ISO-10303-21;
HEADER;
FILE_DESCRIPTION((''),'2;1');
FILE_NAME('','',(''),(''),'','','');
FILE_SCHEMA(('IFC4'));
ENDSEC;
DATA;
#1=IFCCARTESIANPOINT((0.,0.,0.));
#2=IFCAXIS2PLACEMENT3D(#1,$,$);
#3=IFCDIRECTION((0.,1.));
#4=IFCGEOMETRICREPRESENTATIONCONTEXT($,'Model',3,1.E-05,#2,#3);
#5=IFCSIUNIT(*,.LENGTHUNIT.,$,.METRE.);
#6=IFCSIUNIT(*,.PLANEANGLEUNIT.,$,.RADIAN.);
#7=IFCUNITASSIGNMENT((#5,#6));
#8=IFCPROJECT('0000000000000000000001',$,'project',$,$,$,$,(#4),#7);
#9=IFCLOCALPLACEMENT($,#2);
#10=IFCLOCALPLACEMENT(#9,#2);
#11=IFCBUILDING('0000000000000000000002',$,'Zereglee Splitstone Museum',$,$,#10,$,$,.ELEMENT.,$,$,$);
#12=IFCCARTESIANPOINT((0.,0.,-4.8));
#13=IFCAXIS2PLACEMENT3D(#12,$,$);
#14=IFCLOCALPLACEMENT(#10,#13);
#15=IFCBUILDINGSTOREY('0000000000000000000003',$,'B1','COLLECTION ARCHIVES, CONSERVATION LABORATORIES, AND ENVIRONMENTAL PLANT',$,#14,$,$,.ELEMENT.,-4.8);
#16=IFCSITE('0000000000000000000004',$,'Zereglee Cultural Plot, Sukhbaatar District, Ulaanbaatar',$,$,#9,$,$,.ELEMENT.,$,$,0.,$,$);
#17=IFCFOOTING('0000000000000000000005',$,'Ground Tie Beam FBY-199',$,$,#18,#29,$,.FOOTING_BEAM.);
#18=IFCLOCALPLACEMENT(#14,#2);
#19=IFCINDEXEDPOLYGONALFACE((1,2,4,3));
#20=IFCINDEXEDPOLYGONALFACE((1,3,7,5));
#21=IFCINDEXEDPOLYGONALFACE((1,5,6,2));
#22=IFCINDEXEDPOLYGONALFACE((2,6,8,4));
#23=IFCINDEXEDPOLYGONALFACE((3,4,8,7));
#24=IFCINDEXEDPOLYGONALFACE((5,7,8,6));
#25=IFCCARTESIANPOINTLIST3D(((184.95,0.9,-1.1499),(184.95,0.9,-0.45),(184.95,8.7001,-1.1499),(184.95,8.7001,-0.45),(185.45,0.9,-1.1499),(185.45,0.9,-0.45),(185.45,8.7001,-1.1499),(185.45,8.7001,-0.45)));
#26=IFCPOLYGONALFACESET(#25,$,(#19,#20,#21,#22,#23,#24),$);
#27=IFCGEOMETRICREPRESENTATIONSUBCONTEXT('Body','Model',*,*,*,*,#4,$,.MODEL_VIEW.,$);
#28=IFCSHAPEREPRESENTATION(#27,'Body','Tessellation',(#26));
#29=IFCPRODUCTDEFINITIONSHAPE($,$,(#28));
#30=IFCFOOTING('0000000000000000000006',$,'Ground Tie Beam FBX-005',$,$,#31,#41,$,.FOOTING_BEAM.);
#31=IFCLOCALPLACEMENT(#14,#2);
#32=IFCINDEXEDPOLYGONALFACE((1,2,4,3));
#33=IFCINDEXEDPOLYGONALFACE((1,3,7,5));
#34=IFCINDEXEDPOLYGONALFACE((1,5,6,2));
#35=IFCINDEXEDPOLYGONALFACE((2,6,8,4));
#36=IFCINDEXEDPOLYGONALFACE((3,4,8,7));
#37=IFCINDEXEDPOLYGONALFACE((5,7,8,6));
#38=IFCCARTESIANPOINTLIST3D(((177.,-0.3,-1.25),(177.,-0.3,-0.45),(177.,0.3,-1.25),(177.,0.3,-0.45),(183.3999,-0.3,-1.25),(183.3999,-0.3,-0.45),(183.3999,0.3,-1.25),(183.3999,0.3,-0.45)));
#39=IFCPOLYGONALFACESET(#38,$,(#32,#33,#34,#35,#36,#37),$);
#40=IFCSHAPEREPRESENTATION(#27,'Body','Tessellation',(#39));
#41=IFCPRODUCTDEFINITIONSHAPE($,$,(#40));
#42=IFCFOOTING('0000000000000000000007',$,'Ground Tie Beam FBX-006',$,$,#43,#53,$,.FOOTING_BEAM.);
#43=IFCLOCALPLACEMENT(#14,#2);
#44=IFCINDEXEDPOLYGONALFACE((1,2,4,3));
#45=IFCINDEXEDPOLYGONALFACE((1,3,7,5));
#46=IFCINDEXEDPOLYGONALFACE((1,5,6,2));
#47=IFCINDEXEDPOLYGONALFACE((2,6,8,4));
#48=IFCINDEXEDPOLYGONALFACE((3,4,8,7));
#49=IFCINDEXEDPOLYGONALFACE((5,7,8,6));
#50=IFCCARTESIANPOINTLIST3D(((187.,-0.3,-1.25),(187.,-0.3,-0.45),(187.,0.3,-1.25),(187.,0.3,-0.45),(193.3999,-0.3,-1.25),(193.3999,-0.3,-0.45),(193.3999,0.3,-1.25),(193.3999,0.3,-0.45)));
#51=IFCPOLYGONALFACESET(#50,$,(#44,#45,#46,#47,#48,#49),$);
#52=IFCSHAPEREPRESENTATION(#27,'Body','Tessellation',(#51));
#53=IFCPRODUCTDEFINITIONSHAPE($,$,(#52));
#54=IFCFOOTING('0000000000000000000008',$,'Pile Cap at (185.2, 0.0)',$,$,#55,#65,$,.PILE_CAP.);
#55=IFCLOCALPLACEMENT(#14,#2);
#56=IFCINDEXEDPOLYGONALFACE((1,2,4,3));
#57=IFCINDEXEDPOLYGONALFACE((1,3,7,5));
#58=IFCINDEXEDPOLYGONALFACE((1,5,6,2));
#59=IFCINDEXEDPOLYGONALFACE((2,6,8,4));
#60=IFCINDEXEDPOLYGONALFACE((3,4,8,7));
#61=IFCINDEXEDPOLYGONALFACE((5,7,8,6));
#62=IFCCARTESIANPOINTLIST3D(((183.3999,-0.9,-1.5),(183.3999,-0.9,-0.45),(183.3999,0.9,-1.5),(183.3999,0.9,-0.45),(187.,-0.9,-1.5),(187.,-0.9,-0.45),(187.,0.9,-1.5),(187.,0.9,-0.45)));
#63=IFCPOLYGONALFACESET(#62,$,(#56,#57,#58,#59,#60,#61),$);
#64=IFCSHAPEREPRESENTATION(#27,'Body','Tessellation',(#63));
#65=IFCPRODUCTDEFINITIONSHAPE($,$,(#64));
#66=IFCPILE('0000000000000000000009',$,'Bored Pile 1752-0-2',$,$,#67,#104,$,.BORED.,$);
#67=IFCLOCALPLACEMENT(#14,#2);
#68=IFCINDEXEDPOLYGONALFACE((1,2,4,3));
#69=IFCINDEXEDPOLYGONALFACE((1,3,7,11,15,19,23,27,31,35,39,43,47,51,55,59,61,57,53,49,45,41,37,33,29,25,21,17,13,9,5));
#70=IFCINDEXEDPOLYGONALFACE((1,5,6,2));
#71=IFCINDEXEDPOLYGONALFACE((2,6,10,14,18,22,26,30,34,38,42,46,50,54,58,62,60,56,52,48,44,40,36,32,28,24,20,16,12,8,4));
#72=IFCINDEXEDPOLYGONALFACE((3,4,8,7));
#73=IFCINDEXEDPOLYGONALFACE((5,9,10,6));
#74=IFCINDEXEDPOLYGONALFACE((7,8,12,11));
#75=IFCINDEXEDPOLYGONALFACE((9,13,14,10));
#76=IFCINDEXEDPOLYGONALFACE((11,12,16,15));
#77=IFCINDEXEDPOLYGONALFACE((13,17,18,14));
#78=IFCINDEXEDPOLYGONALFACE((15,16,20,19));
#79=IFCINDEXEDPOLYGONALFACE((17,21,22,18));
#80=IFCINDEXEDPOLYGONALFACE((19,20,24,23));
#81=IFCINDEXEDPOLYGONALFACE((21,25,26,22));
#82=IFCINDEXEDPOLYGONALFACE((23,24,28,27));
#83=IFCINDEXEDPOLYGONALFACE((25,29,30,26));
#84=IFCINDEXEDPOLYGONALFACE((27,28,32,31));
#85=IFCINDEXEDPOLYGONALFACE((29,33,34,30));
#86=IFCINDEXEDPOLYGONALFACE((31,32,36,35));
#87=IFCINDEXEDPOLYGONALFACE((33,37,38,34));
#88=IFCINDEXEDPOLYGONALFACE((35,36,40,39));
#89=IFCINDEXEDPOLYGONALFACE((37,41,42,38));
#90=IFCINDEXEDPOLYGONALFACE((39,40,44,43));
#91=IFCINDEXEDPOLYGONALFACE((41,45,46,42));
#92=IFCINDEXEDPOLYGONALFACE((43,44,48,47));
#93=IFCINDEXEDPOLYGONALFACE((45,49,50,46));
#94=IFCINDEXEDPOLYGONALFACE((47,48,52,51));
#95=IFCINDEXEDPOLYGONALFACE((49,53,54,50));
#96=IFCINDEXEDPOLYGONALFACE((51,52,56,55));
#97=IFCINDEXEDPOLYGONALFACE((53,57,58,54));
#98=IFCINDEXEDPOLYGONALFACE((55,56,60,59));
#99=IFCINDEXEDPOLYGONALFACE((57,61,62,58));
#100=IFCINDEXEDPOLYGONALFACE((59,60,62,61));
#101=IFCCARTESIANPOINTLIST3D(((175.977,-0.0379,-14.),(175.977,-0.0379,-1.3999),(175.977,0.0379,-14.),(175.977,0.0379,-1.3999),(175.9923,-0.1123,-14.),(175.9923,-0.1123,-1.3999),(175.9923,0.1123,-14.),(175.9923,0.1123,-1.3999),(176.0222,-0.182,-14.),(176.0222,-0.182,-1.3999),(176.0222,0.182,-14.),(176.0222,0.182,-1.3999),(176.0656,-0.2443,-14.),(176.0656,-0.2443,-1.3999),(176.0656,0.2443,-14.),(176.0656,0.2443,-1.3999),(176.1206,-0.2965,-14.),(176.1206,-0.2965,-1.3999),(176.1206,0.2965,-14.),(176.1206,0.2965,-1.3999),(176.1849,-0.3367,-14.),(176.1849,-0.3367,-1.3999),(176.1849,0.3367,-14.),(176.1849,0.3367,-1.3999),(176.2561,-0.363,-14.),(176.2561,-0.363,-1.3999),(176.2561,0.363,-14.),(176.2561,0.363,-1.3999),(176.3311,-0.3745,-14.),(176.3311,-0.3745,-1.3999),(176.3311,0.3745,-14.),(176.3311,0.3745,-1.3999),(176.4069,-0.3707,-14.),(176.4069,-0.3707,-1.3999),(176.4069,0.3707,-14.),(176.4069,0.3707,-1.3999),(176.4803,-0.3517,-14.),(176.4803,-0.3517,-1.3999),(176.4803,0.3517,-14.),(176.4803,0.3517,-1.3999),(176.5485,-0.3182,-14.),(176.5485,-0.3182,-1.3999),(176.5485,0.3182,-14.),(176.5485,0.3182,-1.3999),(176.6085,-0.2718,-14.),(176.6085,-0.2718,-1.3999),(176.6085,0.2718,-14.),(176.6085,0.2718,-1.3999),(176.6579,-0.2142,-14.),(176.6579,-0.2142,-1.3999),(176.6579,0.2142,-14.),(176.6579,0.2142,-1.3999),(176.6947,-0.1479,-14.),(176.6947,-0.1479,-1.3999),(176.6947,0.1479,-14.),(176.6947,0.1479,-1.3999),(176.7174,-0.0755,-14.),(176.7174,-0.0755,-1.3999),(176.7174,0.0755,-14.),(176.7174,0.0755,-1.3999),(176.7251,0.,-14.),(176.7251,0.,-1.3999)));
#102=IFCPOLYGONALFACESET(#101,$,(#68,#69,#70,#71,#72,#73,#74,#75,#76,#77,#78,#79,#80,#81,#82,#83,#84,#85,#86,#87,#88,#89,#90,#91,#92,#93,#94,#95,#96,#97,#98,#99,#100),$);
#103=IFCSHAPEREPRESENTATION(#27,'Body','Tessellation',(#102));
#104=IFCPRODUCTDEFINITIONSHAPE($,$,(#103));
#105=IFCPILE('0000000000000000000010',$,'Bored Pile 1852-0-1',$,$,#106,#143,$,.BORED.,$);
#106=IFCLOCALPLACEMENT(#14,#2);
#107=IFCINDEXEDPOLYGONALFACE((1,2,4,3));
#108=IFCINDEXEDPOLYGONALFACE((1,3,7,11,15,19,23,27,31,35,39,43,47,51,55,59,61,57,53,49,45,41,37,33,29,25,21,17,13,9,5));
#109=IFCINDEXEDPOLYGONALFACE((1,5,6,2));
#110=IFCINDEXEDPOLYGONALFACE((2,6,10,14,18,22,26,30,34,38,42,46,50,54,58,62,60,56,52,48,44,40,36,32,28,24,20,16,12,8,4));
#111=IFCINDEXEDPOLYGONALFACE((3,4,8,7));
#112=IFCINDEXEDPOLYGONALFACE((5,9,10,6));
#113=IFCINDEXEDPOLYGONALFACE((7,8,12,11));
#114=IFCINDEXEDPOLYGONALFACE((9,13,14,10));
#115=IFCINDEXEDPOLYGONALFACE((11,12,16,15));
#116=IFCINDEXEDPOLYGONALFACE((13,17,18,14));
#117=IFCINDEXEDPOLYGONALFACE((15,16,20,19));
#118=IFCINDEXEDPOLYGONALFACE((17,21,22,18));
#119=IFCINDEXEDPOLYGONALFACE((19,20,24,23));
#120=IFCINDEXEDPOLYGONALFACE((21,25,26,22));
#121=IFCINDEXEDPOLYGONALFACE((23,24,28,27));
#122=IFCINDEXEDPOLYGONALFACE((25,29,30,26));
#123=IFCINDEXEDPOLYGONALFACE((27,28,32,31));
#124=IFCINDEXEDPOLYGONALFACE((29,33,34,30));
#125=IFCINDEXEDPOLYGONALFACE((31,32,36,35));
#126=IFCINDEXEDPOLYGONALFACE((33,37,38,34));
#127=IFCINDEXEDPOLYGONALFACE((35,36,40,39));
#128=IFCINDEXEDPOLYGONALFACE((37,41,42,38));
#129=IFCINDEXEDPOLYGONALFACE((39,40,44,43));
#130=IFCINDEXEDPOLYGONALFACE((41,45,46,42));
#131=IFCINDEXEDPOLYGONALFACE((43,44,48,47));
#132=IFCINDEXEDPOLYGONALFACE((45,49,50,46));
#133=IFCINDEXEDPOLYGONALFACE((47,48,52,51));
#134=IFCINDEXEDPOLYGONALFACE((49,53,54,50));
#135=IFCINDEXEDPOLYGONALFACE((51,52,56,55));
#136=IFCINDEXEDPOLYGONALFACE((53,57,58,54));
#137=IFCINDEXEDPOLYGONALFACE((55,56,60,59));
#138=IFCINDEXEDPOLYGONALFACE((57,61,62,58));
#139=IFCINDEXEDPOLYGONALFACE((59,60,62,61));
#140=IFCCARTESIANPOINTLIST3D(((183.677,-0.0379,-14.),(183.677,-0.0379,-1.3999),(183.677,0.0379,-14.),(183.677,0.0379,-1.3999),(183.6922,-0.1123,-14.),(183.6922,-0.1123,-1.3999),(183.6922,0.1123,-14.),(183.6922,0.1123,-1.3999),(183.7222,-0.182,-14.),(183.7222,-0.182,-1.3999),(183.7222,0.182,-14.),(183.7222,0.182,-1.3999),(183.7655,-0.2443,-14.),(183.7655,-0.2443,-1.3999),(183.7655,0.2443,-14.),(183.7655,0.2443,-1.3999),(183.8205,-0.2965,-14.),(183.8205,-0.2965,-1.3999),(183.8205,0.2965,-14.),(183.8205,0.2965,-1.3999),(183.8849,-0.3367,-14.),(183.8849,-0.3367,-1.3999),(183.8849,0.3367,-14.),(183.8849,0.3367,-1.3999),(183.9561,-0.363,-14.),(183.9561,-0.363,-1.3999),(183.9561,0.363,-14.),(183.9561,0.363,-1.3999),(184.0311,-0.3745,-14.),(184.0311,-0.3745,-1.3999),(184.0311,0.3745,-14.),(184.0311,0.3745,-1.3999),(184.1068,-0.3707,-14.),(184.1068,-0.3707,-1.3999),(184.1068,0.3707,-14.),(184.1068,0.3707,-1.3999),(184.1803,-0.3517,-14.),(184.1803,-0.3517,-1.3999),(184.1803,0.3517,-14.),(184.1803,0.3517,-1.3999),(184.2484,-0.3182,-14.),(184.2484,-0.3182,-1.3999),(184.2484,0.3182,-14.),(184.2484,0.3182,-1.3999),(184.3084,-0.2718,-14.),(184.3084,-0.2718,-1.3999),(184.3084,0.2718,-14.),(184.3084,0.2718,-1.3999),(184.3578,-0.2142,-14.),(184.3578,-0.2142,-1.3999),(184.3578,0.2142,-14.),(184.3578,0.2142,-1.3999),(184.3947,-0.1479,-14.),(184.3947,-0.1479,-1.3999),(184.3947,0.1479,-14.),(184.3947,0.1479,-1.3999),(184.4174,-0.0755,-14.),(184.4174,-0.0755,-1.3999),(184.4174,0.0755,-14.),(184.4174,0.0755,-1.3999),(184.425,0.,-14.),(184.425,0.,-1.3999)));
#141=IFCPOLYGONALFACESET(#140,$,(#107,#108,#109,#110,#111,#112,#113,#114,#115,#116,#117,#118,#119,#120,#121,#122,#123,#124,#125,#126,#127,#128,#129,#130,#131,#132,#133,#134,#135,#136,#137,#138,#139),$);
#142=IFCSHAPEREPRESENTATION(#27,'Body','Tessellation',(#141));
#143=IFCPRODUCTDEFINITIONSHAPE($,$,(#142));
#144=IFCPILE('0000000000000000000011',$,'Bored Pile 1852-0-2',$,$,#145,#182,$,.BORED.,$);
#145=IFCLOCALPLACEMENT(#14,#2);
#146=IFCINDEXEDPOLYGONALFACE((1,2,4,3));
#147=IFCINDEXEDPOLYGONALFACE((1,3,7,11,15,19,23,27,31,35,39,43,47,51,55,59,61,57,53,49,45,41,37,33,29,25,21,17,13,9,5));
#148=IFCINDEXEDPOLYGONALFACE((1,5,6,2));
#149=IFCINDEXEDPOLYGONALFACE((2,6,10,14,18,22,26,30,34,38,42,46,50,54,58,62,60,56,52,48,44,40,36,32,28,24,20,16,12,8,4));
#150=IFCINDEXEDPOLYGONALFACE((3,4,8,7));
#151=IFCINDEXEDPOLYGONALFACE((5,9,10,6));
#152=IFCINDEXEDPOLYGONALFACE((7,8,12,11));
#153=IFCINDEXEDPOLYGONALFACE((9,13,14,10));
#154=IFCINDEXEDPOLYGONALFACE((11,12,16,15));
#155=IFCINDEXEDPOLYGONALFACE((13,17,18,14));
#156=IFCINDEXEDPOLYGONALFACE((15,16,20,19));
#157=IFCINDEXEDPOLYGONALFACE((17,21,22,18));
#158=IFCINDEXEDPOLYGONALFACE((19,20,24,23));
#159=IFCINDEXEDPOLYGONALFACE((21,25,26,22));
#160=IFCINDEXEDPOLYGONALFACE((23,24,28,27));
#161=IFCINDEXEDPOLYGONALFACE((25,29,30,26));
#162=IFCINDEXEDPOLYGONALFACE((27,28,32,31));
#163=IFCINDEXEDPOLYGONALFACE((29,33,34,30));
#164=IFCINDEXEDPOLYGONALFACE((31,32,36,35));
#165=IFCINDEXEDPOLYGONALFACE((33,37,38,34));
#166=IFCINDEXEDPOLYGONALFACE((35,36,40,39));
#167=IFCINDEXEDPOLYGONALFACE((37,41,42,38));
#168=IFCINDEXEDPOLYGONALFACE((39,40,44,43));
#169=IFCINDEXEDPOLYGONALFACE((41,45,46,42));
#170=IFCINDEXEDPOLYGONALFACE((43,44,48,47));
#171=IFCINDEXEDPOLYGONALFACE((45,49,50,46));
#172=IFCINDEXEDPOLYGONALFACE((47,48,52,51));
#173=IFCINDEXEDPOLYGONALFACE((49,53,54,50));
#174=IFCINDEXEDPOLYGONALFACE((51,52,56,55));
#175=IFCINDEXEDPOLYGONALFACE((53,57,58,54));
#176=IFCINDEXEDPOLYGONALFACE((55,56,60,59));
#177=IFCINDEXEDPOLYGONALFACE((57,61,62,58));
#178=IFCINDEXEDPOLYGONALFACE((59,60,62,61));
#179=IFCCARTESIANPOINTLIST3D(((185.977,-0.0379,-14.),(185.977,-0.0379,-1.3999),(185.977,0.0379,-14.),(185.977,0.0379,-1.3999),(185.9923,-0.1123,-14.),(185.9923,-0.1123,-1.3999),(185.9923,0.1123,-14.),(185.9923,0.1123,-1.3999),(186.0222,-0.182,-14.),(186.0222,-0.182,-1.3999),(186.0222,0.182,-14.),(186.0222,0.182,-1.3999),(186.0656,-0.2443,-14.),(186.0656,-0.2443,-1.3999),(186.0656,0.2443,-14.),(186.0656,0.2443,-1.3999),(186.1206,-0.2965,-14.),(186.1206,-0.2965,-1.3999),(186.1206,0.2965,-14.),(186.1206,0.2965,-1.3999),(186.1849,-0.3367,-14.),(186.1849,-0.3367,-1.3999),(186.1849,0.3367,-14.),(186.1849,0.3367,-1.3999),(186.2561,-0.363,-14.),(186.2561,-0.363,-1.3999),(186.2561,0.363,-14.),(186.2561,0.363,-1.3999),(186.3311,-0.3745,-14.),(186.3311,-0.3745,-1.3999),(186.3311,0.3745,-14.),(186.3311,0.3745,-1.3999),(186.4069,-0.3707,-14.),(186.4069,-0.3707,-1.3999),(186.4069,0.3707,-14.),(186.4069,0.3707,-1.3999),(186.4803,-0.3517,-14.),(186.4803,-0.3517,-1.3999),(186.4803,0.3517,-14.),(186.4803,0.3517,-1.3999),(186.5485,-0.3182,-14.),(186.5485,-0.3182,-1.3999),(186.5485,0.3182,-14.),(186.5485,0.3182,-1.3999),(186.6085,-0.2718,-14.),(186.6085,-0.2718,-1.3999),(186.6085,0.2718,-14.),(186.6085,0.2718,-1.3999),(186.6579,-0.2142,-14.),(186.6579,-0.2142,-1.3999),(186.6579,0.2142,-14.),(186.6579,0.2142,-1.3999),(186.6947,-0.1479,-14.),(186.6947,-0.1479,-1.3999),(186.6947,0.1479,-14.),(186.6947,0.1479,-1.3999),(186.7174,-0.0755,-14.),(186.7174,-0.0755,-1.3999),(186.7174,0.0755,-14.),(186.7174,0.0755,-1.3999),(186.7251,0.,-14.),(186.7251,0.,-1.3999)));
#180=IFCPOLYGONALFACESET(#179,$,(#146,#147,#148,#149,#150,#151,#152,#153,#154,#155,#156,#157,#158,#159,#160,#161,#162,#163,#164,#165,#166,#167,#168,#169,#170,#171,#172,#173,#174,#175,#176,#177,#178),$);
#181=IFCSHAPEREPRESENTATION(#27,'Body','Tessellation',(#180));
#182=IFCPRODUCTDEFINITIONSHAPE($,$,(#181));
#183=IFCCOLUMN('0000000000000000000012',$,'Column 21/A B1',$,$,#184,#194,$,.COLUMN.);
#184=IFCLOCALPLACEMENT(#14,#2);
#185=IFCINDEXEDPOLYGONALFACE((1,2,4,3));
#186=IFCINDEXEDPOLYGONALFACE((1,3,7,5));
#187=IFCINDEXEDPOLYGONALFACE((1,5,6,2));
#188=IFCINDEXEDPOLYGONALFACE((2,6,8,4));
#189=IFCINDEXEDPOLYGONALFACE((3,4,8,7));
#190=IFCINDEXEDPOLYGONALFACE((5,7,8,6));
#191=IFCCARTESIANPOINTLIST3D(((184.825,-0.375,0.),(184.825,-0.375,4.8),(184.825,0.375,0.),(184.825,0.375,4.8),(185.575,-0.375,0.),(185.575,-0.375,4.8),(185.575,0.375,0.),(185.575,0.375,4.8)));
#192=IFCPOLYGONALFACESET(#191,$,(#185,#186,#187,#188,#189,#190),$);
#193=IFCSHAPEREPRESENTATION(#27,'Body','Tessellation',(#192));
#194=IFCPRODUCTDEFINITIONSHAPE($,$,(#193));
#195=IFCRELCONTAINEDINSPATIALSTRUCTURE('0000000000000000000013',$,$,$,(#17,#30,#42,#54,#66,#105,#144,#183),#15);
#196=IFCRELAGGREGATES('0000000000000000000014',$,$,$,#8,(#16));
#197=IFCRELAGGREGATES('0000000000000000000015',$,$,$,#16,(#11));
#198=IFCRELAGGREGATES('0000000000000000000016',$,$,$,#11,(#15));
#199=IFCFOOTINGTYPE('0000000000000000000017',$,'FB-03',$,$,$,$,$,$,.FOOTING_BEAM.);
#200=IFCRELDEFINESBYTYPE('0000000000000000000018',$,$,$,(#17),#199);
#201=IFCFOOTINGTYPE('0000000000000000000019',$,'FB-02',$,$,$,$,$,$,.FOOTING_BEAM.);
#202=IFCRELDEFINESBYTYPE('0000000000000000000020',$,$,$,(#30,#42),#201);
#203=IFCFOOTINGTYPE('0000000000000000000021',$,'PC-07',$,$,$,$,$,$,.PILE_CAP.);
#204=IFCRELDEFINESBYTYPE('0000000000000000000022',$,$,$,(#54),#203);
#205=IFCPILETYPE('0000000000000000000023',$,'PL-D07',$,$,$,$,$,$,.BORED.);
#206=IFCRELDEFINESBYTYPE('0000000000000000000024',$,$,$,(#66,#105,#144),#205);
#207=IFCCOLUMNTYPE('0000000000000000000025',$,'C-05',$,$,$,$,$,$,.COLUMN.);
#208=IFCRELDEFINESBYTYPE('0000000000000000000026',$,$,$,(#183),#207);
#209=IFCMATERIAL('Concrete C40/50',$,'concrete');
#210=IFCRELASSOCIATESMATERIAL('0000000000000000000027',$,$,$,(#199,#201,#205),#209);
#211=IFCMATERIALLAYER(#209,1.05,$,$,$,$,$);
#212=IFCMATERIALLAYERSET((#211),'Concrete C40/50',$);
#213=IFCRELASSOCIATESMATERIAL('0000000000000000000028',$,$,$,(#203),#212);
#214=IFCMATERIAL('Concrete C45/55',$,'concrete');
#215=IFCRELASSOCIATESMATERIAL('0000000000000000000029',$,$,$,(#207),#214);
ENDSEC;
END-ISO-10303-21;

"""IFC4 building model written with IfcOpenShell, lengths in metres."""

from ifc_helpers import new_model, si_unit, direction, frame, origin, origin_2d, place, context, subcontext, project, spatial, rectangle, circle, extrude, material, layer, layer_set, material_profile, profile_set, type_object, element, save


model = new_model("IFC4")

# Units and contexts
model_context = context("Model", 3, precision=1e-05, world=origin(), true_north=direction((0.0, 1.0)))
body_context = subcontext(model_context, "Body", "Model", "MODEL_VIEW")
ifc_project = project(units=[si_unit("LENGTHUNIT", "METRE"), si_unit("PLANEANGLEUNIT", "RADIAN")], contexts=[model_context])

# Site, building, storey
site_placement = place(None, origin())
site = spatial("IfcSite", under=ifc_project, at=site_placement, Name="Zereglee Cultural Plot, Sukhbaatar District, Ulaanbaatar", CompositionType="ELEMENT", RefElevation=0.0)
building_placement = place(site_placement, origin())
building = spatial("IfcBuilding", under=site, at=building_placement, Name="Zereglee Splitstone Museum", CompositionType="ELEMENT")
storey_placement = place(building_placement, frame((0.0, 0.0, -4.8)))
storey = spatial("IfcBuildingStorey", under=building, at=storey_placement, Name="B1", Description="COLLECTION ARCHIVES, CONSERVATION LABORATORIES, AND ENVIRONMENTAL PLANT", CompositionType="ELEMENT", Elevation=-4.8)

# Footings
ifc_material_1 = material(Name="Concrete C40/50", Category="concrete")
footing_type_1 = type_object("IfcFootingType", Name="FB-03", PredefinedType="FOOTING_BEAM", material=ifc_material_1)
footing_1_placement = place(storey_placement, frame((185.2, 4.8, -1.1499), z_axis=(0.0, 0.0, 1.0), x_axis=(0.0, 1.0, 0.0)))
element("IfcFooting", 1, at=footing_1_placement, inside=storey, type_object=footing_type_1, Name="Ground Tie Beam FBY-199", PredefinedType="FOOTING_BEAM", context=body_context, shape_type="SweptSolid", body=[
    extrude(rectangle(XDim=7.8, YDim=0.5, at=origin_2d()), origin(), (0.0, 0.0, 1.0), 0.7),
])
footing_type_2 = type_object("IfcFootingType", Name="FB-02", PredefinedType="FOOTING_BEAM", material=ifc_material_1)
for number, where, z_axis, x_axis, name in (
    (2, (180.2, 0.0, -1.25), (0.0, 0.0, 1.0), (1.0, 0.0, 0.0), "Ground Tie Beam FBX-005"),
    (3, (190.2, 0.0, -1.25), (0.0, 0.0, 1.0), (1.0, 0.0, 0.0), "Ground Tie Beam FBX-006"),
):
    element("IfcFooting", number, at=place(storey_placement, frame(where, z_axis=z_axis, x_axis=x_axis)), inside=storey, type_object=footing_type_2, Name=name, PredefinedType="FOOTING_BEAM", context=body_context, shape_type="SweptSolid", body=[
        extrude(rectangle(XDim=6.3999, YDim=0.6001, at=origin_2d()), origin(), (0.0, 0.0, 1.0), 0.8),
    ])
ifc_layer_1 = layer(ifc_material_1, 1.05)
ifc_layer_set_1 = layer_set([ifc_layer_1], Name="Concrete C40/50")
footing_type_3 = type_object("IfcFootingType", Name="PC-07", PredefinedType="PILE_CAP", material=ifc_layer_set_1)
footing_2_placement = place(storey_placement, frame((185.2, 0.0, -1.5), z_axis=(0.0, 0.0, 1.0), x_axis=(1.0, 0.0, 0.0)))
element("IfcFooting", 4, at=footing_2_placement, inside=storey, type_object=footing_type_3, Name="Pile Cap at (185.2, 0.0)", PredefinedType="PILE_CAP", context=body_context, shape_type="SweptSolid", body=[
    extrude(rectangle(XDim=3.6001, YDim=1.8, at=origin_2d()), origin(), (0.0, 0.0, 1.0), 1.05),
])

# Piles
ifc_material_profile_1 = material_profile(ifc_material_1, circle(Radius=0.375, at=origin_2d()), Name="PILE D750")
ifc_profile_set_1 = profile_set([ifc_material_profile_1], Name="Concrete C40/50")
pile_type = type_object("IfcPileType", Name="PL-D07", PredefinedType="BORED", material=ifc_profile_set_1)
for number, where, z_axis, x_axis, name in (
    (5, (176.3501, 0.0, -1.3999), (0.0, 0.0, -1.0), (1.0, 0.0, 0.0), "Bored Pile 1752-0-2"),
    (6, (184.05, 0.0, -1.3999), (0.0, 0.0, -1.0), (1.0, 0.0, 0.0), "Bored Pile 1852-0-1"),
    (7, (186.3501, 0.0, -1.3999), (0.0, 0.0, -1.0), (1.0, 0.0, 0.0), "Bored Pile 1852-0-2"),
):
    element("IfcPile", number, at=place(storey_placement, frame(where, z_axis=z_axis, x_axis=x_axis)), inside=storey, type_object=pile_type, Name=name, PredefinedType="BORED", context=body_context, shape_type="SweptSolid", body=[
        extrude(circle(Radius=0.375, at=origin_2d()), origin(), (0.0, 0.0, 1.0), 12.6001),
    ])

# Column
ifc_material_2 = material(Name="Concrete C45/55", Category="concrete")
ifc_material_profile_2 = material_profile(ifc_material_2, rectangle(XDim=0.75, YDim=0.75, at=origin_2d()), Name="RC 750x750")
ifc_profile_set_2 = profile_set([ifc_material_profile_2], Name="Concrete C45/55")
column_type = type_object("IfcColumnType", Name="C-05", PredefinedType="COLUMN", material=ifc_profile_set_2)
column_placement = place(storey_placement, frame((185.2, 0.0, 0.0), z_axis=(0.0, 0.0, 1.0), x_axis=(1.0, 0.0, 0.0)))
element("IfcColumn", 8, at=column_placement, inside=storey, type_object=column_type, Name="Column 21/A B1", PredefinedType="COLUMN", context=body_context, shape_type="SweptSolid", body=[
    extrude(rectangle(XDim=0.75, YDim=0.75, at=origin_2d()), origin(), (0.0, 0.0, 1.0), 4.8),
])

save(model, "model.ifc")
